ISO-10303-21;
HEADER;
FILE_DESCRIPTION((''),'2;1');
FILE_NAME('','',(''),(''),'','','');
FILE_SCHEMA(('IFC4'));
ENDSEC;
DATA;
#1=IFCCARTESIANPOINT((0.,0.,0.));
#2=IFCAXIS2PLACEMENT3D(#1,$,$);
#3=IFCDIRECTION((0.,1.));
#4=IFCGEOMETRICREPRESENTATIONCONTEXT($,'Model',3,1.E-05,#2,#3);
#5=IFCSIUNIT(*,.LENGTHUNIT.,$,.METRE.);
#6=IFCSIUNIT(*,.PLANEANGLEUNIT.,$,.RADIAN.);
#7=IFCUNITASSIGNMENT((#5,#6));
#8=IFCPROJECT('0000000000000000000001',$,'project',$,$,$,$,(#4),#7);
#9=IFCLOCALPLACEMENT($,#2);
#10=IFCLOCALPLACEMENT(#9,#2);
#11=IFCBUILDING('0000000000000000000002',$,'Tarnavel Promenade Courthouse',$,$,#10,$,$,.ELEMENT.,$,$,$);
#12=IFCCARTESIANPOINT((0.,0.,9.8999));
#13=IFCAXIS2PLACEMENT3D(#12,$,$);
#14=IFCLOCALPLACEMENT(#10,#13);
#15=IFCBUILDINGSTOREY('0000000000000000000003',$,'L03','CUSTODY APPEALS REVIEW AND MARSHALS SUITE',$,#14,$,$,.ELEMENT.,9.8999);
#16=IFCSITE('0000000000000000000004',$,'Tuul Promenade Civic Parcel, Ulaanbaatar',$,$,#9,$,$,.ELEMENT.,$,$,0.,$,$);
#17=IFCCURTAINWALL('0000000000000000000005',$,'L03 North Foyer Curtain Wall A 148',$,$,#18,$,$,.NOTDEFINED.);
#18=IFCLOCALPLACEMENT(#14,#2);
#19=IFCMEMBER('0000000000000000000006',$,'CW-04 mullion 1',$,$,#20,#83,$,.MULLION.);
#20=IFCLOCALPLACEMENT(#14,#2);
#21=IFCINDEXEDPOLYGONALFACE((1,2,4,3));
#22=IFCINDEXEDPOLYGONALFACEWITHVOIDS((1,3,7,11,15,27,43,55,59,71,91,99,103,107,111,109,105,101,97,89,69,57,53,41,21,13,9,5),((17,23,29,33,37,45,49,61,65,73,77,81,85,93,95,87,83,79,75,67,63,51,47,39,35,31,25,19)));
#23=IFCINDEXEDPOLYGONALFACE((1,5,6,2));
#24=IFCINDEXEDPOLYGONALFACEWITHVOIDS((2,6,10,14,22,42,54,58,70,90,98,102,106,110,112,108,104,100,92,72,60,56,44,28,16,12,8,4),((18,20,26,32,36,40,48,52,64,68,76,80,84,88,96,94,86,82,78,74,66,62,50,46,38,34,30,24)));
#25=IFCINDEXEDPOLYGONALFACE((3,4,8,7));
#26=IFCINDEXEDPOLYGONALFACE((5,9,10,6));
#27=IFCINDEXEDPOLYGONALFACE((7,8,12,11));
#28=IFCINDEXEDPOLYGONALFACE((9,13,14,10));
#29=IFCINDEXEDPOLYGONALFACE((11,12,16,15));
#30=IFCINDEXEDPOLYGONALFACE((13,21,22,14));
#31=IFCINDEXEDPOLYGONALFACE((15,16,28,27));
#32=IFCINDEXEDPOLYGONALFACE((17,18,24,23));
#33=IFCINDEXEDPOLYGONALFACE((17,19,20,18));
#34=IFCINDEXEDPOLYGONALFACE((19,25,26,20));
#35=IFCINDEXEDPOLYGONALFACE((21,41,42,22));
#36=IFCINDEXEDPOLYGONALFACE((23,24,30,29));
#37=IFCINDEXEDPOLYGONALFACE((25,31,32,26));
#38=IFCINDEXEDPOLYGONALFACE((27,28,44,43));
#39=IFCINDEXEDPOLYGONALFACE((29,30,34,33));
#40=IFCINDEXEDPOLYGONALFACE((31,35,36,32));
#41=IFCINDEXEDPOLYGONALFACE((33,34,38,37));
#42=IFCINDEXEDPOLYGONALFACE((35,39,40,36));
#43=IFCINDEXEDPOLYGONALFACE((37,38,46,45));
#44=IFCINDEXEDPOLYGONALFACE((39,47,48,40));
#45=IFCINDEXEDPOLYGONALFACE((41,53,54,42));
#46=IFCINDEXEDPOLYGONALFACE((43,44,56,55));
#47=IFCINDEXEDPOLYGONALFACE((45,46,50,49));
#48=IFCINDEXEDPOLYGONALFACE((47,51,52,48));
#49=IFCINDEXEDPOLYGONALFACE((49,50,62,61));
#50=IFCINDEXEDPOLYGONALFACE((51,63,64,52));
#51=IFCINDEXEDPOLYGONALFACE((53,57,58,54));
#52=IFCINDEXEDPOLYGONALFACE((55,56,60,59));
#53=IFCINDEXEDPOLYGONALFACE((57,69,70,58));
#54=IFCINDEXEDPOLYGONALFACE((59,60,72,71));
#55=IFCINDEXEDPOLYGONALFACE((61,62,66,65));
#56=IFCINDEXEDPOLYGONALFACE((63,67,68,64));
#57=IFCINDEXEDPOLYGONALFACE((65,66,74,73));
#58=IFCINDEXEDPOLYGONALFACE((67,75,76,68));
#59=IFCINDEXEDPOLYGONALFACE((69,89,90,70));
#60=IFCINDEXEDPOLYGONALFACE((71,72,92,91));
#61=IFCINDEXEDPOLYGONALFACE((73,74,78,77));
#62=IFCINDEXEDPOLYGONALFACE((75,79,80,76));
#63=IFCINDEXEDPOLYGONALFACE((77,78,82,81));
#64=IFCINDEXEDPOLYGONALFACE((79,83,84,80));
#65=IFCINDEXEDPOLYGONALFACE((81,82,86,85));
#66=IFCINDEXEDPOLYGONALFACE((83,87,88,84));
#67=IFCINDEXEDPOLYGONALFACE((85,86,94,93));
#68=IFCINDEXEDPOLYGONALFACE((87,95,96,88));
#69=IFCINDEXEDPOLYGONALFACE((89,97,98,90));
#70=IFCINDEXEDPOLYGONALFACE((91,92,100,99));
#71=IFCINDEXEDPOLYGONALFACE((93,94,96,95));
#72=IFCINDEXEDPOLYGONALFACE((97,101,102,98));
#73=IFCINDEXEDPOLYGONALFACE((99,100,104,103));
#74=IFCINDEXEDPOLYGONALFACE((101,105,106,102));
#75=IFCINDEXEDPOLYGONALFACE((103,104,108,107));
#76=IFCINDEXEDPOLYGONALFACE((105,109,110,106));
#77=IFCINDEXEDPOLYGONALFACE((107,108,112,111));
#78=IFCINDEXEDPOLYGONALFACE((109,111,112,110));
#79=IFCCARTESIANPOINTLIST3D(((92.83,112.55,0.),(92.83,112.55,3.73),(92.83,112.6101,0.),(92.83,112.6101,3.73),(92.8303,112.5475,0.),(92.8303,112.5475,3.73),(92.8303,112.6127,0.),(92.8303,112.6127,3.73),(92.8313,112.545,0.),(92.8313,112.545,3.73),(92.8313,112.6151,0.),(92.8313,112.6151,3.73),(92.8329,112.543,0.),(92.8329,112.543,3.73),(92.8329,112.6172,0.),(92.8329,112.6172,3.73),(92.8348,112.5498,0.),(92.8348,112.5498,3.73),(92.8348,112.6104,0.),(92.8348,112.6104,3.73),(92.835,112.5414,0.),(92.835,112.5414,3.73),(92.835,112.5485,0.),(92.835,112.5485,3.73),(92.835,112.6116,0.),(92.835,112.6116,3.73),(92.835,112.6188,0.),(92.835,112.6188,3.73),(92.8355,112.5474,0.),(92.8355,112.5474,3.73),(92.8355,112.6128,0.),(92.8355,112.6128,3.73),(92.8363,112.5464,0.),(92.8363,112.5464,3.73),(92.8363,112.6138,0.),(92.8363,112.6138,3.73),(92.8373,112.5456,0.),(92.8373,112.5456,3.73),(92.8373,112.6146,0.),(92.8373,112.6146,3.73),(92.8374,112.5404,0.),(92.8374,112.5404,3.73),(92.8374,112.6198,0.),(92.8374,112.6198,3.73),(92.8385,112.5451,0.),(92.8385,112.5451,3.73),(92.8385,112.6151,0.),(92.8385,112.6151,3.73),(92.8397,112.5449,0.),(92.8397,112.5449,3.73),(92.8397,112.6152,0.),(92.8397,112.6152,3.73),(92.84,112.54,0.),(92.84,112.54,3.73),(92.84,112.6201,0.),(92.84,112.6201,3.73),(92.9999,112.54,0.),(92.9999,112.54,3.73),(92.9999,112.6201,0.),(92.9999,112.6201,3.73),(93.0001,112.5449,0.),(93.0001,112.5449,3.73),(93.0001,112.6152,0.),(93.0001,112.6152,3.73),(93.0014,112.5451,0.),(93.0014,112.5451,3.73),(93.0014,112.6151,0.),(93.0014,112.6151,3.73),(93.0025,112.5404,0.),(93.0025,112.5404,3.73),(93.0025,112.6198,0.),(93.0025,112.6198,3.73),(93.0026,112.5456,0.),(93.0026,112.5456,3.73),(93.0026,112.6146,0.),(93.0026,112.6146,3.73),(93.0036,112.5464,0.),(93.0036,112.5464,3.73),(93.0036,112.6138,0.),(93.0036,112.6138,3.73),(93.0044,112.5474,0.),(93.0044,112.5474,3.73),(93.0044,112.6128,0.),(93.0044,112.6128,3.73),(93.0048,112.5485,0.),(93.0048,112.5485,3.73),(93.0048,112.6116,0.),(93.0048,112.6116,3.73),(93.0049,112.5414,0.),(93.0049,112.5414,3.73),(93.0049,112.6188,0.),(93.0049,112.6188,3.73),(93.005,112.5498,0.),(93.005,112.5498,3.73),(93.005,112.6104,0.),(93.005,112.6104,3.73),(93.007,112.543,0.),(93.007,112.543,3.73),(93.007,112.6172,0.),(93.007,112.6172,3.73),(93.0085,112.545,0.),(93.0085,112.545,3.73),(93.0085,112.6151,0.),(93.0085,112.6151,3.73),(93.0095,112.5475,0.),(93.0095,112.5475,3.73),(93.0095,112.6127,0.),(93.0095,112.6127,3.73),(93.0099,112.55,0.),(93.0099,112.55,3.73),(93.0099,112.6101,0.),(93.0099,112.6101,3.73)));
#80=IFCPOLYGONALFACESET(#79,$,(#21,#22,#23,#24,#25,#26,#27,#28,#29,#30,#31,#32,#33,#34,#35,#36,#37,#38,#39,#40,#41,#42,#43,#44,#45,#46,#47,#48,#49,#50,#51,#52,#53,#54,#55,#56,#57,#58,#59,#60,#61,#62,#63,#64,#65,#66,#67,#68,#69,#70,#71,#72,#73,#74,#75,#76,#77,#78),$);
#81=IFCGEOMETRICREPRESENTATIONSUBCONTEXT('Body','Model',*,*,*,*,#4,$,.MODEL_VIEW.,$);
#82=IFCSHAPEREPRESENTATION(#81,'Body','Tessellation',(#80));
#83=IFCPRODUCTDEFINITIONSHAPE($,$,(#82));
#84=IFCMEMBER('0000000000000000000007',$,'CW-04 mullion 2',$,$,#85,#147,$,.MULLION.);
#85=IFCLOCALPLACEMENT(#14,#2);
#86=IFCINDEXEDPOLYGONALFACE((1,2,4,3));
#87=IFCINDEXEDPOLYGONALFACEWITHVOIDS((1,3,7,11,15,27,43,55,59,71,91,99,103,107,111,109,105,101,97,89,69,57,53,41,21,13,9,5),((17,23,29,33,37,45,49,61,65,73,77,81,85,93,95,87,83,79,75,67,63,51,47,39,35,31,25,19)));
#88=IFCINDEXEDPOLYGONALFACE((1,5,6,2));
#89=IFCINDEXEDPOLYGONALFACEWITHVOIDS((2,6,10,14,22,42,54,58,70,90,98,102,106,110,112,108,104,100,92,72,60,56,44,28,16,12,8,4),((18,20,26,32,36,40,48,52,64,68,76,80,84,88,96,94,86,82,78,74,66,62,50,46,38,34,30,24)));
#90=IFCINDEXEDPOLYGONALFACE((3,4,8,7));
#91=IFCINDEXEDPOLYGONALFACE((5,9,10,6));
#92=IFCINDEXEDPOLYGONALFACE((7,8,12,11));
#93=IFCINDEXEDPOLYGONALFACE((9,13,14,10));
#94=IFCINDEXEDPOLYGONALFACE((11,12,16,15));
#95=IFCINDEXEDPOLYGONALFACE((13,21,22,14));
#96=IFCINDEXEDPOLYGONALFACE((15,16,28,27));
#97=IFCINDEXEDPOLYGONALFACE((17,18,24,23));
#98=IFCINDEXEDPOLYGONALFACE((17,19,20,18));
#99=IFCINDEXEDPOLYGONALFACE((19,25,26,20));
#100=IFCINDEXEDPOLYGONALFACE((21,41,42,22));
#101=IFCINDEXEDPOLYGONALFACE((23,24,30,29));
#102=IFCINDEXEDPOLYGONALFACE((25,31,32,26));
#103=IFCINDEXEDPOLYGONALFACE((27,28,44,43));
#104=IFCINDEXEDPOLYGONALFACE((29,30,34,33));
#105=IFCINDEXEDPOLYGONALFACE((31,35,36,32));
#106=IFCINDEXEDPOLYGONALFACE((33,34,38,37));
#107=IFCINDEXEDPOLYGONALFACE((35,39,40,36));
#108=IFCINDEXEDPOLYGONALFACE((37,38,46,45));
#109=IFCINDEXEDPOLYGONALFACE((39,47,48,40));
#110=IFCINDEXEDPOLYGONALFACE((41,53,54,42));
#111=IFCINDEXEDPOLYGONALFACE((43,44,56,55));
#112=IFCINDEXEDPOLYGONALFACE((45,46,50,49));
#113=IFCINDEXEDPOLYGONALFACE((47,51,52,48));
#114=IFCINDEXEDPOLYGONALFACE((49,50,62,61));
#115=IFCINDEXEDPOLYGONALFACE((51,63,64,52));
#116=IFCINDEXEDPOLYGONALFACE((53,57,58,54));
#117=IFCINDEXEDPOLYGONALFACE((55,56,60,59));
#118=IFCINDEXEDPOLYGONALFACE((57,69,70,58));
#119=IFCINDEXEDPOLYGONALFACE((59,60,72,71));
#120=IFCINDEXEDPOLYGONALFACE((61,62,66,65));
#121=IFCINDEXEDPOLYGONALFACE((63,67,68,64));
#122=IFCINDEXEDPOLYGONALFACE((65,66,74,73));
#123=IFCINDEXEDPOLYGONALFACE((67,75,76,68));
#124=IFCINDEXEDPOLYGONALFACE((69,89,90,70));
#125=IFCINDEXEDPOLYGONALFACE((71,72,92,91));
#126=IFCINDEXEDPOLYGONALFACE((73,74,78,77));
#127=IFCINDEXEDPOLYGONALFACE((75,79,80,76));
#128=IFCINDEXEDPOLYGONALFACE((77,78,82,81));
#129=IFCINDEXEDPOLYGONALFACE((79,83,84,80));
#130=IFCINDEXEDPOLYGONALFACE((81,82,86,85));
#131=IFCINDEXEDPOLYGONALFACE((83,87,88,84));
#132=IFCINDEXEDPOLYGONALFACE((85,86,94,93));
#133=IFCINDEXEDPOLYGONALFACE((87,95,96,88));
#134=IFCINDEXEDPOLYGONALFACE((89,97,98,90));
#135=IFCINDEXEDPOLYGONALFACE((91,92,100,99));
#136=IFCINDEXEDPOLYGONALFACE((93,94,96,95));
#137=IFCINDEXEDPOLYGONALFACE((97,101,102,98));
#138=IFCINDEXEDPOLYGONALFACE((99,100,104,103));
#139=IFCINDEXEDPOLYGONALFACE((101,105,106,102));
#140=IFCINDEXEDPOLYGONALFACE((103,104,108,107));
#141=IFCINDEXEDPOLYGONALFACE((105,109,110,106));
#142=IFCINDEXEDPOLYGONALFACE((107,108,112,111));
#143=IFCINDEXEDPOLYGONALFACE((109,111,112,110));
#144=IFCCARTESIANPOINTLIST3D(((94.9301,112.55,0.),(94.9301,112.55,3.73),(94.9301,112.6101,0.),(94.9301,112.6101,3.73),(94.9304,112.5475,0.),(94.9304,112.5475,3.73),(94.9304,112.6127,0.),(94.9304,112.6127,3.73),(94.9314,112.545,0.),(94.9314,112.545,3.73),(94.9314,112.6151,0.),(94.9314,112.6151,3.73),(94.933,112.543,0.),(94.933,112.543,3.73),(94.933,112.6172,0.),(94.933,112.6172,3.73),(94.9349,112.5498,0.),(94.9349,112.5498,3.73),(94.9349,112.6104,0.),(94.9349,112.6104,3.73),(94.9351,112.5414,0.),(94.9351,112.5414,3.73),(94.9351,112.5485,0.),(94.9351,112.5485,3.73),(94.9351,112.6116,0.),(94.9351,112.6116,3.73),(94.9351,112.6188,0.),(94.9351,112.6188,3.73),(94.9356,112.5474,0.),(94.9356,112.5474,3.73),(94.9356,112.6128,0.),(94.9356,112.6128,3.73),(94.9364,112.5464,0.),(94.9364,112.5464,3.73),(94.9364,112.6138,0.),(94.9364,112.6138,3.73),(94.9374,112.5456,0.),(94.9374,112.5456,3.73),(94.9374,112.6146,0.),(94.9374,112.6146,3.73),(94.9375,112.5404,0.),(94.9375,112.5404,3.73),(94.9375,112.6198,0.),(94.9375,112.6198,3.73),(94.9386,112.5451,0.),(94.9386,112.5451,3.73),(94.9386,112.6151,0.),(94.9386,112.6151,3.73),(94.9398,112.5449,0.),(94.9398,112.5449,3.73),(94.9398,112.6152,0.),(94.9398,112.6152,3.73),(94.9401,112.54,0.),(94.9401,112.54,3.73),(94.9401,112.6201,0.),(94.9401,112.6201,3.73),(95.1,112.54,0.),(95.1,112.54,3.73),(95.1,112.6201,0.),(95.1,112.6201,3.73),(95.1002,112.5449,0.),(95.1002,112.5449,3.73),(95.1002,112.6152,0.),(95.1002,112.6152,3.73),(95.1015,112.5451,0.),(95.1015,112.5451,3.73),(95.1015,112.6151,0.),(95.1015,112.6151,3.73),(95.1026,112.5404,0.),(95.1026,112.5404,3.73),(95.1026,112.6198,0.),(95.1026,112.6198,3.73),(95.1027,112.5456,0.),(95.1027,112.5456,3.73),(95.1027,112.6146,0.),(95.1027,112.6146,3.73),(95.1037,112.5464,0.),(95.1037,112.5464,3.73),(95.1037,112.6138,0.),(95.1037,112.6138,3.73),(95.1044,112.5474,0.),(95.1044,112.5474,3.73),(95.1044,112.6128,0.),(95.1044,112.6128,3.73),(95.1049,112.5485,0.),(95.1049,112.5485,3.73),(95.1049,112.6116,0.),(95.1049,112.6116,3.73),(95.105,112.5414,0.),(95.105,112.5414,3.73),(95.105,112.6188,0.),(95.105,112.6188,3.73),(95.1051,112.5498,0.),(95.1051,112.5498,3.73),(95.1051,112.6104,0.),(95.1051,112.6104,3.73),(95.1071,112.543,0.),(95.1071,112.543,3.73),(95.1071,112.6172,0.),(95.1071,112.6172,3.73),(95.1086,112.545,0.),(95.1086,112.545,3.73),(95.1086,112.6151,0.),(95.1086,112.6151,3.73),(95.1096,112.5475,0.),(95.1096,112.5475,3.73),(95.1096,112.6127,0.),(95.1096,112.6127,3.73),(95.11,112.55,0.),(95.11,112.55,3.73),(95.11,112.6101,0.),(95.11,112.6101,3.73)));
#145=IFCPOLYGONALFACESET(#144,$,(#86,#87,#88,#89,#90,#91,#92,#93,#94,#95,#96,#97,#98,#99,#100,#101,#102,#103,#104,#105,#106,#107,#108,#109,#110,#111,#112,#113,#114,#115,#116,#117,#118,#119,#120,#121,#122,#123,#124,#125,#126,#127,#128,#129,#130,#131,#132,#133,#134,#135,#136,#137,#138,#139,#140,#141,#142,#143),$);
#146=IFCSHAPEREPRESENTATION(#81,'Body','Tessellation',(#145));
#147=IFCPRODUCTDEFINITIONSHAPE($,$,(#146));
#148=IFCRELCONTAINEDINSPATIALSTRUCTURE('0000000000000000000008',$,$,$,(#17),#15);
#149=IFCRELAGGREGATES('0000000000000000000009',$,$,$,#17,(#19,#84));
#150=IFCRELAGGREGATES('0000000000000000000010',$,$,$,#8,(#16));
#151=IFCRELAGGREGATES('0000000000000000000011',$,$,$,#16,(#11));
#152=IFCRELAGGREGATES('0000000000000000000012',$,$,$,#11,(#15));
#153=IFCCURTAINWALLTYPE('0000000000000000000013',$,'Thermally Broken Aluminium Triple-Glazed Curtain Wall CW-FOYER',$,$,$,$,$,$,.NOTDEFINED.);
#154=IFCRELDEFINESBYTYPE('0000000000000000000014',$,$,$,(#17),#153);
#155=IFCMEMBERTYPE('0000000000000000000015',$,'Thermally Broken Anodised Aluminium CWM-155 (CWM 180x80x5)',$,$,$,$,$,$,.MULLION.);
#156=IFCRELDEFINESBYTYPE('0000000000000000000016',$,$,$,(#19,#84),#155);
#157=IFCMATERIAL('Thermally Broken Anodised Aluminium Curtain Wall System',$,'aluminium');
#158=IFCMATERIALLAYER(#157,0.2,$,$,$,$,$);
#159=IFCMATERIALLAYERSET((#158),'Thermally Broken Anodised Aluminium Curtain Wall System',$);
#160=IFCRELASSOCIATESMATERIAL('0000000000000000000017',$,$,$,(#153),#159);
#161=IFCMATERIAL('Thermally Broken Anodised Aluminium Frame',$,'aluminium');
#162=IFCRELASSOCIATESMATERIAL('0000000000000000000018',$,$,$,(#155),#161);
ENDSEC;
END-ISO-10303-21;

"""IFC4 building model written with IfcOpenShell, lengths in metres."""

from ifc_helpers import new_model, si_unit, direction, frame, origin, origin_2d, place, context, subcontext, project, spatial, hollow_rectangle, extrude, material, layer, layer_set, material_profile, profile_set, type_object, element, aggregate, save


model = new_model("IFC4")

# Units and contexts
model_context = context("Model", 3, precision=1e-05, world=origin(), true_north=direction((0.0, 1.0)))
body_context = subcontext(model_context, "Body", "Model", "MODEL_VIEW")
ifc_project = project(units=[si_unit("LENGTHUNIT", "METRE"), si_unit("PLANEANGLEUNIT", "RADIAN")], contexts=[model_context])

# Site, building, storey
site_placement = place(None, origin())
site = spatial("IfcSite", under=ifc_project, at=site_placement, Name="Tuul Promenade Civic Parcel, Ulaanbaatar", CompositionType="ELEMENT", RefElevation=0.0)
building_placement = place(site_placement, origin())
building = spatial("IfcBuilding", under=site, at=building_placement, Name="Tarnavel Promenade Courthouse", CompositionType="ELEMENT")
storey_placement = place(building_placement, frame((0.0, 0.0, 9.8999)))
storey = spatial("IfcBuildingStorey", under=building, at=storey_placement, Name="L03", Description="CUSTODY APPEALS REVIEW AND MARSHALS SUITE", CompositionType="ELEMENT", Elevation=9.8999)

# Shared definitions
ifc_material_1 = material(Name="Thermally Broken Anodised Aluminium Curtain Wall System", Category="aluminium")
ifc_layer_1 = layer(ifc_material_1, 0.2)
ifc_layer_set_1 = layer_set([ifc_layer_1], Name="Thermally Broken Anodised Aluminium Curtain Wall System")
curtain_wall_type = type_object("IfcCurtainWallType", Name="Thermally Broken Aluminium Triple-Glazed Curtain Wall CW-FOYER", PredefinedType="NOTDEFINED", material=ifc_layer_set_1)
ifc_material_2 = material(Name="Thermally Broken Anodised Aluminium Frame", Category="aluminium")
ifc_material_profile_1 = material_profile(ifc_material_2, hollow_rectangle(XDim=0.0801, YDim=0.1799, WallThickness=0.0049, InnerFilletRadius=0.0049, OuterFilletRadius=0.01, at=origin_2d()), Name="CWM 180x80x5")
ifc_profile_set_1 = profile_set([ifc_material_profile_1], Name="Thermally Broken Anodised Aluminium Frame")
member_type_1 = type_object("IfcMemberType", Name="Thermally Broken Anodised Aluminium CWM-155 (CWM 180x80x5)", PredefinedType="MULLION", material=ifc_profile_set_1)

# Curtain wall, members
curtain_wall_1_placement = place(storey_placement, origin())
curtain_wall_1 = element("IfcCurtainWall", 1, at=curtain_wall_1_placement, inside=storey, type_object=curtain_wall_type, Name="L03 North Foyer Curtain Wall A 148", PredefinedType="NOTDEFINED")
member_1_placement = place(storey_placement, frame((92.9199, 112.5801, 0.0), z_axis=(0.0, 0.0, 1.0), x_axis=(0.0, 1.0, 0.0)))
member_1 = element("IfcMember", 2, at=member_1_placement, type_object=member_type_1, Name="CW-04 mullion 1", PredefinedType="MULLION", context=body_context, shape_type="SweptSolid", body=[
    extrude(hollow_rectangle(XDim=0.0801, YDim=0.1799, WallThickness=0.0049, InnerFilletRadius=0.0049, OuterFilletRadius=0.01, at=origin_2d()), origin(), (0.0, 0.0, 1.0), 3.73),
])
member_2_placement = place(storey_placement, frame((95.02, 112.5801, 0.0), z_axis=(0.0, 0.0, 1.0), x_axis=(0.0, 1.0, 0.0)))
member_2 = element("IfcMember", 3, at=member_2_placement, type_object=member_type_1, Name="CW-04 mullion 2", PredefinedType="MULLION", context=body_context, shape_type="SweptSolid", body=[
    extrude(hollow_rectangle(XDim=0.0801, YDim=0.1799, WallThickness=0.0049, InnerFilletRadius=0.0049, OuterFilletRadius=0.01, at=origin_2d()), origin(), (0.0, 0.0, 1.0), 3.73),
])

aggregate(curtain_wall_1, [member_1, member_2])

save(model, "model.ifc")
